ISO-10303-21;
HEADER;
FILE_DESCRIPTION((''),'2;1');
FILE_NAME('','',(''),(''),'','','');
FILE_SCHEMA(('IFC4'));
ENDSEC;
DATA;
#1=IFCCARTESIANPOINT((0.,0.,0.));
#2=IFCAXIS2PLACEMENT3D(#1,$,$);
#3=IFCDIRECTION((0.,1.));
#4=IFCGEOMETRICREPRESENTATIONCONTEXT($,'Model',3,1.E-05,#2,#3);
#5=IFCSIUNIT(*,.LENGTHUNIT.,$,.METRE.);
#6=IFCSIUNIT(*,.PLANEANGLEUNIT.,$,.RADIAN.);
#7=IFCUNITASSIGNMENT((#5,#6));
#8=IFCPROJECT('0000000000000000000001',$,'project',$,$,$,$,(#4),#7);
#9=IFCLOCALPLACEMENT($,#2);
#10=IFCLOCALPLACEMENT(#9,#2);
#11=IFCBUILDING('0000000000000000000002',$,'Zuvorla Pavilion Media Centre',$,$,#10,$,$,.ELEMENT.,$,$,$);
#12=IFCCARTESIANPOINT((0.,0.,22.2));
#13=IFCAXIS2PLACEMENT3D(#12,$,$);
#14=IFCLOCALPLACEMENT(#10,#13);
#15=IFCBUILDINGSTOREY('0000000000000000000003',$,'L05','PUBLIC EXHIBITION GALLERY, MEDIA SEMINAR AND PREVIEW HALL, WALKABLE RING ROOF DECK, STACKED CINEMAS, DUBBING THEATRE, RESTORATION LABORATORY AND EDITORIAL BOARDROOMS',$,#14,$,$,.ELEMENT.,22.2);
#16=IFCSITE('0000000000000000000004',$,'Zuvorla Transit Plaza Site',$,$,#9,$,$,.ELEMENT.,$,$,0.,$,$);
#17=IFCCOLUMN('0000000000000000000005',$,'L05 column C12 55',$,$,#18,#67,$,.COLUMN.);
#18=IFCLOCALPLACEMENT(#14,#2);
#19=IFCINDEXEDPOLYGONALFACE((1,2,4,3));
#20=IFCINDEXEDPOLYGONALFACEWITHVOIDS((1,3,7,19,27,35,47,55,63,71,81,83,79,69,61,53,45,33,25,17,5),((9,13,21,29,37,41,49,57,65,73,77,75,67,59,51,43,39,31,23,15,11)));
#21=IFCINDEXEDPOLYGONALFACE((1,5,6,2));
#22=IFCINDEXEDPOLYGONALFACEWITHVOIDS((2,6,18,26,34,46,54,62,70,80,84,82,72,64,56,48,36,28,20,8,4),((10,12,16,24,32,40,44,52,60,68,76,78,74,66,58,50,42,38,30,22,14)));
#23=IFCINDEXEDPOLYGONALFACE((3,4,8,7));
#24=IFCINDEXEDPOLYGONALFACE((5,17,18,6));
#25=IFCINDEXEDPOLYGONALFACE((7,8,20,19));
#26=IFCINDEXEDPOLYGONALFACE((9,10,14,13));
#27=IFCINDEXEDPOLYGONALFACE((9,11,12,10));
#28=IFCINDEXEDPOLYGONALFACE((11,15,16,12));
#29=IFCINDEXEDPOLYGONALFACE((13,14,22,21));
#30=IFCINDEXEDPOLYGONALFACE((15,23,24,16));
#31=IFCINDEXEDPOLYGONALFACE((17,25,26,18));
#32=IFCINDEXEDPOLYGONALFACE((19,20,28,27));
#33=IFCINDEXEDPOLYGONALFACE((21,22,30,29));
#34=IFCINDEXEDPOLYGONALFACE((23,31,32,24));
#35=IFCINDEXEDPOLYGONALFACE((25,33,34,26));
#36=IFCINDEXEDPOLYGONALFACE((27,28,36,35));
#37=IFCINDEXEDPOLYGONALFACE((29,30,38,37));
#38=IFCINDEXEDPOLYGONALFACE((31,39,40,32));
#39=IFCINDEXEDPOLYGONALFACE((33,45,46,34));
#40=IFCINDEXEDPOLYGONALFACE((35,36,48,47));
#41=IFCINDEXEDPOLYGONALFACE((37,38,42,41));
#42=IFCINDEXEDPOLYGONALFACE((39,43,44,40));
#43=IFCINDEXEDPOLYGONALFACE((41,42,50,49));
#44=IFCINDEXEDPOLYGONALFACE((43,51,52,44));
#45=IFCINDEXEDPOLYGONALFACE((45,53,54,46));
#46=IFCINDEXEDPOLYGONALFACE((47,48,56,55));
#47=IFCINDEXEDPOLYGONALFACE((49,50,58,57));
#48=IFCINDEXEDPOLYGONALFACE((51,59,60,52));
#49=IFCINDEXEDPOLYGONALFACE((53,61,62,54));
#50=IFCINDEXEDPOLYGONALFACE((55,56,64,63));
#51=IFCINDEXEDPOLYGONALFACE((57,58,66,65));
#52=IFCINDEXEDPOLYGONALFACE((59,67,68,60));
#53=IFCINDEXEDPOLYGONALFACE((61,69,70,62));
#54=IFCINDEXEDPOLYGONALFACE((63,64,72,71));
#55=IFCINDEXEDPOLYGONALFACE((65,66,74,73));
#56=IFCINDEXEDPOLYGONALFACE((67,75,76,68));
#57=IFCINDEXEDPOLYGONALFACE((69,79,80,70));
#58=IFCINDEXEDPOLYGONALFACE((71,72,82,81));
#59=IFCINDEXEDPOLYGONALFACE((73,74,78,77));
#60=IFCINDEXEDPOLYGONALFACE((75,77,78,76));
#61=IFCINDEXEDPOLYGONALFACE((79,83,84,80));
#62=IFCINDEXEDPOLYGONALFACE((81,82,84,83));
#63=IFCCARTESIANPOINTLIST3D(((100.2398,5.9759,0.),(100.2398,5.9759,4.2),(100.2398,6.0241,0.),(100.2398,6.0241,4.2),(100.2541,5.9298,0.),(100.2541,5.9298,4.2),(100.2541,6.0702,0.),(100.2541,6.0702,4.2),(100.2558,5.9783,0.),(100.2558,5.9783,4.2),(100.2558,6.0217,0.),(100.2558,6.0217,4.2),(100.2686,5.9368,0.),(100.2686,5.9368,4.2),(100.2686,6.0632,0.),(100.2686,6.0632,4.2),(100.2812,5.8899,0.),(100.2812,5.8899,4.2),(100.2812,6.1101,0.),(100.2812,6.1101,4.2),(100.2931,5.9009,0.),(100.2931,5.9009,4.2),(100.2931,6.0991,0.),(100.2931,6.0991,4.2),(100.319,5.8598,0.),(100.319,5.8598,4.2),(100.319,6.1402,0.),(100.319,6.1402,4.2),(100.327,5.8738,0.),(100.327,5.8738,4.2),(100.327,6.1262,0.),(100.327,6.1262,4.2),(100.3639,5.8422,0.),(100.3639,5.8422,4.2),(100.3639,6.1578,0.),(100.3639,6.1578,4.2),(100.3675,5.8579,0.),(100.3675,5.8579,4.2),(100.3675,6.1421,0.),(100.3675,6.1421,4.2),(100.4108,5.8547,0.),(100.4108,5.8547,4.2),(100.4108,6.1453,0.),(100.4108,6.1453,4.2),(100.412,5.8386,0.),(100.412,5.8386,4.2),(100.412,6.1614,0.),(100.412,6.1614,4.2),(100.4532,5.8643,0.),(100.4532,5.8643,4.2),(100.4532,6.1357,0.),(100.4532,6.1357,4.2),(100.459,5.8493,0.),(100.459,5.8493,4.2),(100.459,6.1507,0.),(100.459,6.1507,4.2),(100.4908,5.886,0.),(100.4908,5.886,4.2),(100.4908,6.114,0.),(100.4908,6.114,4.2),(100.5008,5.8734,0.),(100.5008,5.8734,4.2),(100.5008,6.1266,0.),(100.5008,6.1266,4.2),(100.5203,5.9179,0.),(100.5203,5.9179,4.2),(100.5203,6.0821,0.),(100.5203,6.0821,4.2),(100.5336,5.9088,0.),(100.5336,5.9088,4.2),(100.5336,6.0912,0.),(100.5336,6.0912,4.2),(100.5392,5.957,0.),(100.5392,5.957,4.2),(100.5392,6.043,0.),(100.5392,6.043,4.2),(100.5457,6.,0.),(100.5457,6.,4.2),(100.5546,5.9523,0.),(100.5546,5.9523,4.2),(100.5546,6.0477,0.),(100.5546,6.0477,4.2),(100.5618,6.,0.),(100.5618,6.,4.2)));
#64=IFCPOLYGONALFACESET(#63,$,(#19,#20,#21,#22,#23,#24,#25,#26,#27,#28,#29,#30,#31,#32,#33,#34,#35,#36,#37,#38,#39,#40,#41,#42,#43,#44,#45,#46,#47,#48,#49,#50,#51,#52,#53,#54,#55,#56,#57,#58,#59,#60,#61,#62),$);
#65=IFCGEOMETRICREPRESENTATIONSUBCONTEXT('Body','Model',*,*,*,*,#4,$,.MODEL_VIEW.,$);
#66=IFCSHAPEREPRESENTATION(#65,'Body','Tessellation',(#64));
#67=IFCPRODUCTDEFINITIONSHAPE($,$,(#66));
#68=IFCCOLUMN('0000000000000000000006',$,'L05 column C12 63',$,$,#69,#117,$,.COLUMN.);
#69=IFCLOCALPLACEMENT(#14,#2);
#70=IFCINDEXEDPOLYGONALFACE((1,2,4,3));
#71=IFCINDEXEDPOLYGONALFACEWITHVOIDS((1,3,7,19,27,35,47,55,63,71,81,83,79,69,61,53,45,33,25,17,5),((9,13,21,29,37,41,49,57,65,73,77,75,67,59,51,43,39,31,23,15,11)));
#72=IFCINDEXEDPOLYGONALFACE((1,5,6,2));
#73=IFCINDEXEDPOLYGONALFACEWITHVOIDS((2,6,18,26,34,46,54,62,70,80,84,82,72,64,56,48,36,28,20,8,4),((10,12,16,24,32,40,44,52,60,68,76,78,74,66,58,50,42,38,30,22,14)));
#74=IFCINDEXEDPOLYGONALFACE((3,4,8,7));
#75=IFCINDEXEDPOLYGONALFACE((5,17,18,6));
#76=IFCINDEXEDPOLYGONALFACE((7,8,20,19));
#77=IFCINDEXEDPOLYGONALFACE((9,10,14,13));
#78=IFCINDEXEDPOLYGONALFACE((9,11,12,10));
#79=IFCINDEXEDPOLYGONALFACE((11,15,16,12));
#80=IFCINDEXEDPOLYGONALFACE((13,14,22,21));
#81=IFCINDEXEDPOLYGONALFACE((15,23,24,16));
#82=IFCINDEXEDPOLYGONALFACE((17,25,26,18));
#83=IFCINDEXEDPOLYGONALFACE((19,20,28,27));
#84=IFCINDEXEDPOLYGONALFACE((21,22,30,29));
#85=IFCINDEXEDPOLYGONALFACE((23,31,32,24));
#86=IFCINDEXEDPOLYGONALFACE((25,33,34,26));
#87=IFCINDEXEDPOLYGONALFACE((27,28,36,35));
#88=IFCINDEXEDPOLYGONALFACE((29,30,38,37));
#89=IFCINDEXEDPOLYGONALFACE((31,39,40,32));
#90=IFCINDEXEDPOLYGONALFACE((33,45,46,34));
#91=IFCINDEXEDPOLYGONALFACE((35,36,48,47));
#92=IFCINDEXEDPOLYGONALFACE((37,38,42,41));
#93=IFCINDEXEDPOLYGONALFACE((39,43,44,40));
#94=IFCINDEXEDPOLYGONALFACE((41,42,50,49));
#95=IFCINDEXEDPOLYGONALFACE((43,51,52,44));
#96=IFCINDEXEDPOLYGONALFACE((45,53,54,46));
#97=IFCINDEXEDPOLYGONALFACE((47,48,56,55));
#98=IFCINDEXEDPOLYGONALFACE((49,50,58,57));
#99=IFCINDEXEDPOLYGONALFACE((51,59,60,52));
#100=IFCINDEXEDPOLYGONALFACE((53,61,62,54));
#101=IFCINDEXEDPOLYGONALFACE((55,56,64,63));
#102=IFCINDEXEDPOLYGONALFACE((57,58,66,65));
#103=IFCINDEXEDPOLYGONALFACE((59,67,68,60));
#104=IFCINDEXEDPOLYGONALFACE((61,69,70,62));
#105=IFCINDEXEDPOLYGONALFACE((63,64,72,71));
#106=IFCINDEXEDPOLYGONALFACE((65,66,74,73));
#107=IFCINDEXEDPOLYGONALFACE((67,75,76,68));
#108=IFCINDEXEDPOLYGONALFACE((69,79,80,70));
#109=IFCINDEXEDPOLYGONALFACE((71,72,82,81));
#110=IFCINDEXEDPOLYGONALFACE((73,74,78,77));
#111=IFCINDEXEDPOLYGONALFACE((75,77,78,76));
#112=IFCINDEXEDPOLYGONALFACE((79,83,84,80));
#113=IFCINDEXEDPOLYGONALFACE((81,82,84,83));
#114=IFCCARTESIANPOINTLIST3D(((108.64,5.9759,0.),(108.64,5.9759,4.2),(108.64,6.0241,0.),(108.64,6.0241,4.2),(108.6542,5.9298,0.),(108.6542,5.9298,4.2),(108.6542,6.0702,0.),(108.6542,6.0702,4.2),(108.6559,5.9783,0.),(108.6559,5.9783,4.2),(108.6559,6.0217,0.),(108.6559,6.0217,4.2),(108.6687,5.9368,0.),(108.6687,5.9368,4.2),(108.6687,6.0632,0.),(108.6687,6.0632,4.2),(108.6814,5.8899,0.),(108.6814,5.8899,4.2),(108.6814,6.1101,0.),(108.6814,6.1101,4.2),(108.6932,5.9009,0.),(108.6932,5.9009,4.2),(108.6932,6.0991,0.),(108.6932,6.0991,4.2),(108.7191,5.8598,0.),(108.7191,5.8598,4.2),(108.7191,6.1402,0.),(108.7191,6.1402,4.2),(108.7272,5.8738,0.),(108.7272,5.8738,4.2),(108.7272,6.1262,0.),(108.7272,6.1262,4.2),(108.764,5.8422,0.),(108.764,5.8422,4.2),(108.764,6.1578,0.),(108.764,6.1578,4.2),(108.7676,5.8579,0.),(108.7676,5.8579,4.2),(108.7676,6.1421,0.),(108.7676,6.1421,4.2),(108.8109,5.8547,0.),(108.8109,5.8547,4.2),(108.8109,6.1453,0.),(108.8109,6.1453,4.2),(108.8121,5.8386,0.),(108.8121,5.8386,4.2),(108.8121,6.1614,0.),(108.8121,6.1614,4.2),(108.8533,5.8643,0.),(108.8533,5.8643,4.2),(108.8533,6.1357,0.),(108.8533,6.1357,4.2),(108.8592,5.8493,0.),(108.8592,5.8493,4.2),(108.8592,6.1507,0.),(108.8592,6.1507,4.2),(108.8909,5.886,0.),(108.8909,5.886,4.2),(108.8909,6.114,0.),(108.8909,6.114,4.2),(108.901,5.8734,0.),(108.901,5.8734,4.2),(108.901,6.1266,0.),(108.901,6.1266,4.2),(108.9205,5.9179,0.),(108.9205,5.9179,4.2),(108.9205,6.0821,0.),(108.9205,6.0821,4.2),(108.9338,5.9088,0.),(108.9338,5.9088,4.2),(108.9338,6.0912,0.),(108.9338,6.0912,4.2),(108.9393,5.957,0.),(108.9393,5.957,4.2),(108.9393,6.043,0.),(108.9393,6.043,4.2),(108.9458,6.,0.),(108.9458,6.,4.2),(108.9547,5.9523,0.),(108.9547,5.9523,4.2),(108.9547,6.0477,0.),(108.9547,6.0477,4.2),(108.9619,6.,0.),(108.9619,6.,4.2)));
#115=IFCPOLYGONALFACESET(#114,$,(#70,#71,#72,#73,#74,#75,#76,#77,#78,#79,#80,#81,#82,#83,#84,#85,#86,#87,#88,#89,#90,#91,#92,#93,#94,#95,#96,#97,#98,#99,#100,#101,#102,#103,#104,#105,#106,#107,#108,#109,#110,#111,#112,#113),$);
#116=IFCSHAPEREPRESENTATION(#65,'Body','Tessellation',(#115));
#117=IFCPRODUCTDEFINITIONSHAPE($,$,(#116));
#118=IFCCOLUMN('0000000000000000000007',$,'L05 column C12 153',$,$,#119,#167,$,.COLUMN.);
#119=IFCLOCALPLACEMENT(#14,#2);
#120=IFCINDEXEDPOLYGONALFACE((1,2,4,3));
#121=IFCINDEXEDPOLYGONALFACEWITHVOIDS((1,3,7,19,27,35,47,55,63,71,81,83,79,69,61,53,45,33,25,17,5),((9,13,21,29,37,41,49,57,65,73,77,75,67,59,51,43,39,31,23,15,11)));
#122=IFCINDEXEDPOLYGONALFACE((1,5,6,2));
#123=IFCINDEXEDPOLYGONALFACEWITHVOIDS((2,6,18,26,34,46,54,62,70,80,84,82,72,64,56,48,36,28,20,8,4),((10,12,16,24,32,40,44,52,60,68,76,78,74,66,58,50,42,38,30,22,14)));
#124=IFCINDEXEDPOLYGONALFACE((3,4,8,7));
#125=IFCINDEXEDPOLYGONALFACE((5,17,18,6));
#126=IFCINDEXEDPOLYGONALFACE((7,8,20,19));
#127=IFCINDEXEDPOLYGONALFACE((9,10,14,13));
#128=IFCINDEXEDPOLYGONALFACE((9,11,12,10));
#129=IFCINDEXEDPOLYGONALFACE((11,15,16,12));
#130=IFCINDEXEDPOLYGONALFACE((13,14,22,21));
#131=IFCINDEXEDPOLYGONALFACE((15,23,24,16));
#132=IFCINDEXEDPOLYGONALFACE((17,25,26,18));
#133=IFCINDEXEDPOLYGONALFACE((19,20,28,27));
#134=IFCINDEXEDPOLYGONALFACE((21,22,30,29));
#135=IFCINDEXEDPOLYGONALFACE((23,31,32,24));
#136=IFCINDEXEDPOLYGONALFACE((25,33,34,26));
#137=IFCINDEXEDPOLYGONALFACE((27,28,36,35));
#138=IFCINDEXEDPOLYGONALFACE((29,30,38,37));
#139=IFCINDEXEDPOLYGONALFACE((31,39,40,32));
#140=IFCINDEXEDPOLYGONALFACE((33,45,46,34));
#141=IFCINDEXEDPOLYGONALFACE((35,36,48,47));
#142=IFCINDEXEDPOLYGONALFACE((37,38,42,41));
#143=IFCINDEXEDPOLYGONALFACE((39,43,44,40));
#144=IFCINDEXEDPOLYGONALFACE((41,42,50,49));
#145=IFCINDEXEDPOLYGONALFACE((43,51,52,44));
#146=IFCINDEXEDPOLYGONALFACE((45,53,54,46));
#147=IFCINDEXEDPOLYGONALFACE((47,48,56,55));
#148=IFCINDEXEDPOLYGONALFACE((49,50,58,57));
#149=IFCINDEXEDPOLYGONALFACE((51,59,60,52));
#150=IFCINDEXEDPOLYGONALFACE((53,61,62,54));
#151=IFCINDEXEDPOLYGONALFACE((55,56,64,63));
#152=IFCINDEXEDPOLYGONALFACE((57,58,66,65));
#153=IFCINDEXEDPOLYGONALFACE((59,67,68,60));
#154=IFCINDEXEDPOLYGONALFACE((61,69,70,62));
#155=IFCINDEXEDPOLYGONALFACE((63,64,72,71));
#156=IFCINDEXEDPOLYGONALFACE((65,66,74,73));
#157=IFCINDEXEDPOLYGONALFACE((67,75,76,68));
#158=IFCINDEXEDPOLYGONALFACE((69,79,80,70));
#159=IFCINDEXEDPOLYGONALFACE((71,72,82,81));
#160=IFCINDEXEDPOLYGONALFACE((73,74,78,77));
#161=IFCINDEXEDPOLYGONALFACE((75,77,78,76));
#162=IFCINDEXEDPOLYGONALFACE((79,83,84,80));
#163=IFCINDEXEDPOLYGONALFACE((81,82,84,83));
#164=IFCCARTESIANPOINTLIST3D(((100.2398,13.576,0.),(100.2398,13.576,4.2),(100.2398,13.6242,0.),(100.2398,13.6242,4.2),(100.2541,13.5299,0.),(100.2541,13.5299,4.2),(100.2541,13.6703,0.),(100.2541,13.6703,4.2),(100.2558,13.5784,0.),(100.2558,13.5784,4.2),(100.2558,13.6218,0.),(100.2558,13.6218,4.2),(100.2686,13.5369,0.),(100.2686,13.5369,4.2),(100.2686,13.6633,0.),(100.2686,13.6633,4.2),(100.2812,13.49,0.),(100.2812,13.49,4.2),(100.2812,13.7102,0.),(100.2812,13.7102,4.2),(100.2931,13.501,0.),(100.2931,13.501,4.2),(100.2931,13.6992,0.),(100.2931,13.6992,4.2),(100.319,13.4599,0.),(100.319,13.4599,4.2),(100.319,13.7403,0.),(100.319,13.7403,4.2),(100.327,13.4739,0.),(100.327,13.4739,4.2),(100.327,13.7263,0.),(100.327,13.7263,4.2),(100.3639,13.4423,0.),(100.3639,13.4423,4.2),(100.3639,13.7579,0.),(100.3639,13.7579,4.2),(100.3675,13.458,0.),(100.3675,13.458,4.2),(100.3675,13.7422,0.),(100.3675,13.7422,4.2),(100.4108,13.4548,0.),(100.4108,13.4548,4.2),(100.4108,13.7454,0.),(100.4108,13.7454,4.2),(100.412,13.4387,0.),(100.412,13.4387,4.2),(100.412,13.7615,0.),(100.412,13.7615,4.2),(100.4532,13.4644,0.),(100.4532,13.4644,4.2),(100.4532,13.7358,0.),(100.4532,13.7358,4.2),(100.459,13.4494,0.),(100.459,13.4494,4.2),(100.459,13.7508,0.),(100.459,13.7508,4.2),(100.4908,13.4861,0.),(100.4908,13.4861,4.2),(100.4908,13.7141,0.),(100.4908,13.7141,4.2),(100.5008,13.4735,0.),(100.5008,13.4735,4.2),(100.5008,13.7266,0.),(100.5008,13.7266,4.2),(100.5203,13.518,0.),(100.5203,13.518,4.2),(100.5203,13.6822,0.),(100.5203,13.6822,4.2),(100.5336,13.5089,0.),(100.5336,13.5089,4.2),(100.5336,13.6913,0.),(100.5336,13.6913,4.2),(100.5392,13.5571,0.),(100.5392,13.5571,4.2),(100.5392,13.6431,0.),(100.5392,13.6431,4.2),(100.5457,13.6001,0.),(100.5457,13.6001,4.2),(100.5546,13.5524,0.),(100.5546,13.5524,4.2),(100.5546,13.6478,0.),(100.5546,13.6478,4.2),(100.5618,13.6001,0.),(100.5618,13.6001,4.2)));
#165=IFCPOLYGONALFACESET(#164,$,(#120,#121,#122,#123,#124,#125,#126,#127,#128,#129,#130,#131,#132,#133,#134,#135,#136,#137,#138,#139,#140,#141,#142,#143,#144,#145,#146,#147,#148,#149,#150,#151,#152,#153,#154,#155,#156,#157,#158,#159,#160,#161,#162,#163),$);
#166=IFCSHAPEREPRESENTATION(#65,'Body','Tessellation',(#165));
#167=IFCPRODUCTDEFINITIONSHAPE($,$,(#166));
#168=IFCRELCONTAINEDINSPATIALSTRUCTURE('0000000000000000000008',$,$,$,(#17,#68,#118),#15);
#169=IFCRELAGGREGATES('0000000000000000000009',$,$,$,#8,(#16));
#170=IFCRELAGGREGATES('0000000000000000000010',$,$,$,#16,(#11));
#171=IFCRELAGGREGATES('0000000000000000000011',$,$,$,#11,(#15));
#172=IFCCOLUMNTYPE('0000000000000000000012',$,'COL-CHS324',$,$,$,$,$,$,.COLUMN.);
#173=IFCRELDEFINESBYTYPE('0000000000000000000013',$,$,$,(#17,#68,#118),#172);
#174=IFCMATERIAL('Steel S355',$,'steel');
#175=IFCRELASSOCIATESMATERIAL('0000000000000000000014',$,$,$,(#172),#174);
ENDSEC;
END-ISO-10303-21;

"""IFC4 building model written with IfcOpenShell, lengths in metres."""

from ifc_helpers import new_model, si_unit, direction, frame, origin, origin_2d, place, context, subcontext, project, spatial, hollow_circle, extrude, material, material_profile, profile_set, type_object, element, save


model = new_model("IFC4")

# Units and contexts
model_context = context("Model", 3, precision=1e-05, world=origin(), true_north=direction((0.0, 1.0)))
body_context = subcontext(model_context, "Body", "Model", "MODEL_VIEW")
ifc_project = project(units=[si_unit("LENGTHUNIT", "METRE"), si_unit("PLANEANGLEUNIT", "RADIAN")], contexts=[model_context])

# Site, building, storey
site_placement = place(None, origin())
site = spatial("IfcSite", under=ifc_project, at=site_placement, Name="Zuvorla Transit Plaza Site", CompositionType="ELEMENT", RefElevation=0.0)
building_placement = place(site_placement, origin())
building = spatial("IfcBuilding", under=site, at=building_placement, Name="Zuvorla Pavilion Media Centre", CompositionType="ELEMENT")
storey_placement = place(building_placement, frame((0.0, 0.0, 22.2)))
storey = spatial("IfcBuildingStorey", under=building, at=storey_placement, Name="L05", Description="PUBLIC EXHIBITION GALLERY, MEDIA SEMINAR AND PREVIEW HALL, WALKABLE RING ROOF DECK, STACKED CINEMAS, DUBBING THEATRE, RESTORATION LABORATORY AND EDITORIAL BOARDROOMS", CompositionType="ELEMENT", Elevation=22.2)

# Columns
ifc_material_1 = material(Name="Steel S355", Category="steel")
ifc_material_profile_1 = material_profile(ifc_material_1, hollow_circle(Radius=0.1619, WallThickness=0.0161, at=origin_2d()), Name="CHS 323.9x16")
ifc_profile_set_1 = profile_set([ifc_material_profile_1], Name="Steel S355")
column_type = type_object("IfcColumnType", Name="COL-CHS324", PredefinedType="COLUMN", material=ifc_profile_set_1)
for number, where, z_axis, x_axis, name in (
    (1, (100.3999, 6.0, 0.0), (0.0, 0.0, 1.0), (1.0, 0.0, 0.0), "L05 column C12 55"),
    (2, (108.8, 6.0, 0.0), (0.0, 0.0, 1.0), (1.0, 0.0, 0.0), "L05 column C12 63"),
    (3, (100.3999, 13.6001, 0.0), (0.0, 0.0, 1.0), (1.0, 0.0, 0.0), "L05 column C12 153"),
):
    element("IfcColumn", number, at=place(storey_placement, frame(where, z_axis=z_axis, x_axis=x_axis)), inside=storey, type_object=column_type, Name=name, PredefinedType="COLUMN", context=body_context, shape_type="SweptSolid", body=[
        extrude(hollow_circle(Radius=0.1619, WallThickness=0.0161, at=origin_2d()), origin(), (0.0, 0.0, 1.0), 4.2),
    ])

save(model, "model.ifc")
